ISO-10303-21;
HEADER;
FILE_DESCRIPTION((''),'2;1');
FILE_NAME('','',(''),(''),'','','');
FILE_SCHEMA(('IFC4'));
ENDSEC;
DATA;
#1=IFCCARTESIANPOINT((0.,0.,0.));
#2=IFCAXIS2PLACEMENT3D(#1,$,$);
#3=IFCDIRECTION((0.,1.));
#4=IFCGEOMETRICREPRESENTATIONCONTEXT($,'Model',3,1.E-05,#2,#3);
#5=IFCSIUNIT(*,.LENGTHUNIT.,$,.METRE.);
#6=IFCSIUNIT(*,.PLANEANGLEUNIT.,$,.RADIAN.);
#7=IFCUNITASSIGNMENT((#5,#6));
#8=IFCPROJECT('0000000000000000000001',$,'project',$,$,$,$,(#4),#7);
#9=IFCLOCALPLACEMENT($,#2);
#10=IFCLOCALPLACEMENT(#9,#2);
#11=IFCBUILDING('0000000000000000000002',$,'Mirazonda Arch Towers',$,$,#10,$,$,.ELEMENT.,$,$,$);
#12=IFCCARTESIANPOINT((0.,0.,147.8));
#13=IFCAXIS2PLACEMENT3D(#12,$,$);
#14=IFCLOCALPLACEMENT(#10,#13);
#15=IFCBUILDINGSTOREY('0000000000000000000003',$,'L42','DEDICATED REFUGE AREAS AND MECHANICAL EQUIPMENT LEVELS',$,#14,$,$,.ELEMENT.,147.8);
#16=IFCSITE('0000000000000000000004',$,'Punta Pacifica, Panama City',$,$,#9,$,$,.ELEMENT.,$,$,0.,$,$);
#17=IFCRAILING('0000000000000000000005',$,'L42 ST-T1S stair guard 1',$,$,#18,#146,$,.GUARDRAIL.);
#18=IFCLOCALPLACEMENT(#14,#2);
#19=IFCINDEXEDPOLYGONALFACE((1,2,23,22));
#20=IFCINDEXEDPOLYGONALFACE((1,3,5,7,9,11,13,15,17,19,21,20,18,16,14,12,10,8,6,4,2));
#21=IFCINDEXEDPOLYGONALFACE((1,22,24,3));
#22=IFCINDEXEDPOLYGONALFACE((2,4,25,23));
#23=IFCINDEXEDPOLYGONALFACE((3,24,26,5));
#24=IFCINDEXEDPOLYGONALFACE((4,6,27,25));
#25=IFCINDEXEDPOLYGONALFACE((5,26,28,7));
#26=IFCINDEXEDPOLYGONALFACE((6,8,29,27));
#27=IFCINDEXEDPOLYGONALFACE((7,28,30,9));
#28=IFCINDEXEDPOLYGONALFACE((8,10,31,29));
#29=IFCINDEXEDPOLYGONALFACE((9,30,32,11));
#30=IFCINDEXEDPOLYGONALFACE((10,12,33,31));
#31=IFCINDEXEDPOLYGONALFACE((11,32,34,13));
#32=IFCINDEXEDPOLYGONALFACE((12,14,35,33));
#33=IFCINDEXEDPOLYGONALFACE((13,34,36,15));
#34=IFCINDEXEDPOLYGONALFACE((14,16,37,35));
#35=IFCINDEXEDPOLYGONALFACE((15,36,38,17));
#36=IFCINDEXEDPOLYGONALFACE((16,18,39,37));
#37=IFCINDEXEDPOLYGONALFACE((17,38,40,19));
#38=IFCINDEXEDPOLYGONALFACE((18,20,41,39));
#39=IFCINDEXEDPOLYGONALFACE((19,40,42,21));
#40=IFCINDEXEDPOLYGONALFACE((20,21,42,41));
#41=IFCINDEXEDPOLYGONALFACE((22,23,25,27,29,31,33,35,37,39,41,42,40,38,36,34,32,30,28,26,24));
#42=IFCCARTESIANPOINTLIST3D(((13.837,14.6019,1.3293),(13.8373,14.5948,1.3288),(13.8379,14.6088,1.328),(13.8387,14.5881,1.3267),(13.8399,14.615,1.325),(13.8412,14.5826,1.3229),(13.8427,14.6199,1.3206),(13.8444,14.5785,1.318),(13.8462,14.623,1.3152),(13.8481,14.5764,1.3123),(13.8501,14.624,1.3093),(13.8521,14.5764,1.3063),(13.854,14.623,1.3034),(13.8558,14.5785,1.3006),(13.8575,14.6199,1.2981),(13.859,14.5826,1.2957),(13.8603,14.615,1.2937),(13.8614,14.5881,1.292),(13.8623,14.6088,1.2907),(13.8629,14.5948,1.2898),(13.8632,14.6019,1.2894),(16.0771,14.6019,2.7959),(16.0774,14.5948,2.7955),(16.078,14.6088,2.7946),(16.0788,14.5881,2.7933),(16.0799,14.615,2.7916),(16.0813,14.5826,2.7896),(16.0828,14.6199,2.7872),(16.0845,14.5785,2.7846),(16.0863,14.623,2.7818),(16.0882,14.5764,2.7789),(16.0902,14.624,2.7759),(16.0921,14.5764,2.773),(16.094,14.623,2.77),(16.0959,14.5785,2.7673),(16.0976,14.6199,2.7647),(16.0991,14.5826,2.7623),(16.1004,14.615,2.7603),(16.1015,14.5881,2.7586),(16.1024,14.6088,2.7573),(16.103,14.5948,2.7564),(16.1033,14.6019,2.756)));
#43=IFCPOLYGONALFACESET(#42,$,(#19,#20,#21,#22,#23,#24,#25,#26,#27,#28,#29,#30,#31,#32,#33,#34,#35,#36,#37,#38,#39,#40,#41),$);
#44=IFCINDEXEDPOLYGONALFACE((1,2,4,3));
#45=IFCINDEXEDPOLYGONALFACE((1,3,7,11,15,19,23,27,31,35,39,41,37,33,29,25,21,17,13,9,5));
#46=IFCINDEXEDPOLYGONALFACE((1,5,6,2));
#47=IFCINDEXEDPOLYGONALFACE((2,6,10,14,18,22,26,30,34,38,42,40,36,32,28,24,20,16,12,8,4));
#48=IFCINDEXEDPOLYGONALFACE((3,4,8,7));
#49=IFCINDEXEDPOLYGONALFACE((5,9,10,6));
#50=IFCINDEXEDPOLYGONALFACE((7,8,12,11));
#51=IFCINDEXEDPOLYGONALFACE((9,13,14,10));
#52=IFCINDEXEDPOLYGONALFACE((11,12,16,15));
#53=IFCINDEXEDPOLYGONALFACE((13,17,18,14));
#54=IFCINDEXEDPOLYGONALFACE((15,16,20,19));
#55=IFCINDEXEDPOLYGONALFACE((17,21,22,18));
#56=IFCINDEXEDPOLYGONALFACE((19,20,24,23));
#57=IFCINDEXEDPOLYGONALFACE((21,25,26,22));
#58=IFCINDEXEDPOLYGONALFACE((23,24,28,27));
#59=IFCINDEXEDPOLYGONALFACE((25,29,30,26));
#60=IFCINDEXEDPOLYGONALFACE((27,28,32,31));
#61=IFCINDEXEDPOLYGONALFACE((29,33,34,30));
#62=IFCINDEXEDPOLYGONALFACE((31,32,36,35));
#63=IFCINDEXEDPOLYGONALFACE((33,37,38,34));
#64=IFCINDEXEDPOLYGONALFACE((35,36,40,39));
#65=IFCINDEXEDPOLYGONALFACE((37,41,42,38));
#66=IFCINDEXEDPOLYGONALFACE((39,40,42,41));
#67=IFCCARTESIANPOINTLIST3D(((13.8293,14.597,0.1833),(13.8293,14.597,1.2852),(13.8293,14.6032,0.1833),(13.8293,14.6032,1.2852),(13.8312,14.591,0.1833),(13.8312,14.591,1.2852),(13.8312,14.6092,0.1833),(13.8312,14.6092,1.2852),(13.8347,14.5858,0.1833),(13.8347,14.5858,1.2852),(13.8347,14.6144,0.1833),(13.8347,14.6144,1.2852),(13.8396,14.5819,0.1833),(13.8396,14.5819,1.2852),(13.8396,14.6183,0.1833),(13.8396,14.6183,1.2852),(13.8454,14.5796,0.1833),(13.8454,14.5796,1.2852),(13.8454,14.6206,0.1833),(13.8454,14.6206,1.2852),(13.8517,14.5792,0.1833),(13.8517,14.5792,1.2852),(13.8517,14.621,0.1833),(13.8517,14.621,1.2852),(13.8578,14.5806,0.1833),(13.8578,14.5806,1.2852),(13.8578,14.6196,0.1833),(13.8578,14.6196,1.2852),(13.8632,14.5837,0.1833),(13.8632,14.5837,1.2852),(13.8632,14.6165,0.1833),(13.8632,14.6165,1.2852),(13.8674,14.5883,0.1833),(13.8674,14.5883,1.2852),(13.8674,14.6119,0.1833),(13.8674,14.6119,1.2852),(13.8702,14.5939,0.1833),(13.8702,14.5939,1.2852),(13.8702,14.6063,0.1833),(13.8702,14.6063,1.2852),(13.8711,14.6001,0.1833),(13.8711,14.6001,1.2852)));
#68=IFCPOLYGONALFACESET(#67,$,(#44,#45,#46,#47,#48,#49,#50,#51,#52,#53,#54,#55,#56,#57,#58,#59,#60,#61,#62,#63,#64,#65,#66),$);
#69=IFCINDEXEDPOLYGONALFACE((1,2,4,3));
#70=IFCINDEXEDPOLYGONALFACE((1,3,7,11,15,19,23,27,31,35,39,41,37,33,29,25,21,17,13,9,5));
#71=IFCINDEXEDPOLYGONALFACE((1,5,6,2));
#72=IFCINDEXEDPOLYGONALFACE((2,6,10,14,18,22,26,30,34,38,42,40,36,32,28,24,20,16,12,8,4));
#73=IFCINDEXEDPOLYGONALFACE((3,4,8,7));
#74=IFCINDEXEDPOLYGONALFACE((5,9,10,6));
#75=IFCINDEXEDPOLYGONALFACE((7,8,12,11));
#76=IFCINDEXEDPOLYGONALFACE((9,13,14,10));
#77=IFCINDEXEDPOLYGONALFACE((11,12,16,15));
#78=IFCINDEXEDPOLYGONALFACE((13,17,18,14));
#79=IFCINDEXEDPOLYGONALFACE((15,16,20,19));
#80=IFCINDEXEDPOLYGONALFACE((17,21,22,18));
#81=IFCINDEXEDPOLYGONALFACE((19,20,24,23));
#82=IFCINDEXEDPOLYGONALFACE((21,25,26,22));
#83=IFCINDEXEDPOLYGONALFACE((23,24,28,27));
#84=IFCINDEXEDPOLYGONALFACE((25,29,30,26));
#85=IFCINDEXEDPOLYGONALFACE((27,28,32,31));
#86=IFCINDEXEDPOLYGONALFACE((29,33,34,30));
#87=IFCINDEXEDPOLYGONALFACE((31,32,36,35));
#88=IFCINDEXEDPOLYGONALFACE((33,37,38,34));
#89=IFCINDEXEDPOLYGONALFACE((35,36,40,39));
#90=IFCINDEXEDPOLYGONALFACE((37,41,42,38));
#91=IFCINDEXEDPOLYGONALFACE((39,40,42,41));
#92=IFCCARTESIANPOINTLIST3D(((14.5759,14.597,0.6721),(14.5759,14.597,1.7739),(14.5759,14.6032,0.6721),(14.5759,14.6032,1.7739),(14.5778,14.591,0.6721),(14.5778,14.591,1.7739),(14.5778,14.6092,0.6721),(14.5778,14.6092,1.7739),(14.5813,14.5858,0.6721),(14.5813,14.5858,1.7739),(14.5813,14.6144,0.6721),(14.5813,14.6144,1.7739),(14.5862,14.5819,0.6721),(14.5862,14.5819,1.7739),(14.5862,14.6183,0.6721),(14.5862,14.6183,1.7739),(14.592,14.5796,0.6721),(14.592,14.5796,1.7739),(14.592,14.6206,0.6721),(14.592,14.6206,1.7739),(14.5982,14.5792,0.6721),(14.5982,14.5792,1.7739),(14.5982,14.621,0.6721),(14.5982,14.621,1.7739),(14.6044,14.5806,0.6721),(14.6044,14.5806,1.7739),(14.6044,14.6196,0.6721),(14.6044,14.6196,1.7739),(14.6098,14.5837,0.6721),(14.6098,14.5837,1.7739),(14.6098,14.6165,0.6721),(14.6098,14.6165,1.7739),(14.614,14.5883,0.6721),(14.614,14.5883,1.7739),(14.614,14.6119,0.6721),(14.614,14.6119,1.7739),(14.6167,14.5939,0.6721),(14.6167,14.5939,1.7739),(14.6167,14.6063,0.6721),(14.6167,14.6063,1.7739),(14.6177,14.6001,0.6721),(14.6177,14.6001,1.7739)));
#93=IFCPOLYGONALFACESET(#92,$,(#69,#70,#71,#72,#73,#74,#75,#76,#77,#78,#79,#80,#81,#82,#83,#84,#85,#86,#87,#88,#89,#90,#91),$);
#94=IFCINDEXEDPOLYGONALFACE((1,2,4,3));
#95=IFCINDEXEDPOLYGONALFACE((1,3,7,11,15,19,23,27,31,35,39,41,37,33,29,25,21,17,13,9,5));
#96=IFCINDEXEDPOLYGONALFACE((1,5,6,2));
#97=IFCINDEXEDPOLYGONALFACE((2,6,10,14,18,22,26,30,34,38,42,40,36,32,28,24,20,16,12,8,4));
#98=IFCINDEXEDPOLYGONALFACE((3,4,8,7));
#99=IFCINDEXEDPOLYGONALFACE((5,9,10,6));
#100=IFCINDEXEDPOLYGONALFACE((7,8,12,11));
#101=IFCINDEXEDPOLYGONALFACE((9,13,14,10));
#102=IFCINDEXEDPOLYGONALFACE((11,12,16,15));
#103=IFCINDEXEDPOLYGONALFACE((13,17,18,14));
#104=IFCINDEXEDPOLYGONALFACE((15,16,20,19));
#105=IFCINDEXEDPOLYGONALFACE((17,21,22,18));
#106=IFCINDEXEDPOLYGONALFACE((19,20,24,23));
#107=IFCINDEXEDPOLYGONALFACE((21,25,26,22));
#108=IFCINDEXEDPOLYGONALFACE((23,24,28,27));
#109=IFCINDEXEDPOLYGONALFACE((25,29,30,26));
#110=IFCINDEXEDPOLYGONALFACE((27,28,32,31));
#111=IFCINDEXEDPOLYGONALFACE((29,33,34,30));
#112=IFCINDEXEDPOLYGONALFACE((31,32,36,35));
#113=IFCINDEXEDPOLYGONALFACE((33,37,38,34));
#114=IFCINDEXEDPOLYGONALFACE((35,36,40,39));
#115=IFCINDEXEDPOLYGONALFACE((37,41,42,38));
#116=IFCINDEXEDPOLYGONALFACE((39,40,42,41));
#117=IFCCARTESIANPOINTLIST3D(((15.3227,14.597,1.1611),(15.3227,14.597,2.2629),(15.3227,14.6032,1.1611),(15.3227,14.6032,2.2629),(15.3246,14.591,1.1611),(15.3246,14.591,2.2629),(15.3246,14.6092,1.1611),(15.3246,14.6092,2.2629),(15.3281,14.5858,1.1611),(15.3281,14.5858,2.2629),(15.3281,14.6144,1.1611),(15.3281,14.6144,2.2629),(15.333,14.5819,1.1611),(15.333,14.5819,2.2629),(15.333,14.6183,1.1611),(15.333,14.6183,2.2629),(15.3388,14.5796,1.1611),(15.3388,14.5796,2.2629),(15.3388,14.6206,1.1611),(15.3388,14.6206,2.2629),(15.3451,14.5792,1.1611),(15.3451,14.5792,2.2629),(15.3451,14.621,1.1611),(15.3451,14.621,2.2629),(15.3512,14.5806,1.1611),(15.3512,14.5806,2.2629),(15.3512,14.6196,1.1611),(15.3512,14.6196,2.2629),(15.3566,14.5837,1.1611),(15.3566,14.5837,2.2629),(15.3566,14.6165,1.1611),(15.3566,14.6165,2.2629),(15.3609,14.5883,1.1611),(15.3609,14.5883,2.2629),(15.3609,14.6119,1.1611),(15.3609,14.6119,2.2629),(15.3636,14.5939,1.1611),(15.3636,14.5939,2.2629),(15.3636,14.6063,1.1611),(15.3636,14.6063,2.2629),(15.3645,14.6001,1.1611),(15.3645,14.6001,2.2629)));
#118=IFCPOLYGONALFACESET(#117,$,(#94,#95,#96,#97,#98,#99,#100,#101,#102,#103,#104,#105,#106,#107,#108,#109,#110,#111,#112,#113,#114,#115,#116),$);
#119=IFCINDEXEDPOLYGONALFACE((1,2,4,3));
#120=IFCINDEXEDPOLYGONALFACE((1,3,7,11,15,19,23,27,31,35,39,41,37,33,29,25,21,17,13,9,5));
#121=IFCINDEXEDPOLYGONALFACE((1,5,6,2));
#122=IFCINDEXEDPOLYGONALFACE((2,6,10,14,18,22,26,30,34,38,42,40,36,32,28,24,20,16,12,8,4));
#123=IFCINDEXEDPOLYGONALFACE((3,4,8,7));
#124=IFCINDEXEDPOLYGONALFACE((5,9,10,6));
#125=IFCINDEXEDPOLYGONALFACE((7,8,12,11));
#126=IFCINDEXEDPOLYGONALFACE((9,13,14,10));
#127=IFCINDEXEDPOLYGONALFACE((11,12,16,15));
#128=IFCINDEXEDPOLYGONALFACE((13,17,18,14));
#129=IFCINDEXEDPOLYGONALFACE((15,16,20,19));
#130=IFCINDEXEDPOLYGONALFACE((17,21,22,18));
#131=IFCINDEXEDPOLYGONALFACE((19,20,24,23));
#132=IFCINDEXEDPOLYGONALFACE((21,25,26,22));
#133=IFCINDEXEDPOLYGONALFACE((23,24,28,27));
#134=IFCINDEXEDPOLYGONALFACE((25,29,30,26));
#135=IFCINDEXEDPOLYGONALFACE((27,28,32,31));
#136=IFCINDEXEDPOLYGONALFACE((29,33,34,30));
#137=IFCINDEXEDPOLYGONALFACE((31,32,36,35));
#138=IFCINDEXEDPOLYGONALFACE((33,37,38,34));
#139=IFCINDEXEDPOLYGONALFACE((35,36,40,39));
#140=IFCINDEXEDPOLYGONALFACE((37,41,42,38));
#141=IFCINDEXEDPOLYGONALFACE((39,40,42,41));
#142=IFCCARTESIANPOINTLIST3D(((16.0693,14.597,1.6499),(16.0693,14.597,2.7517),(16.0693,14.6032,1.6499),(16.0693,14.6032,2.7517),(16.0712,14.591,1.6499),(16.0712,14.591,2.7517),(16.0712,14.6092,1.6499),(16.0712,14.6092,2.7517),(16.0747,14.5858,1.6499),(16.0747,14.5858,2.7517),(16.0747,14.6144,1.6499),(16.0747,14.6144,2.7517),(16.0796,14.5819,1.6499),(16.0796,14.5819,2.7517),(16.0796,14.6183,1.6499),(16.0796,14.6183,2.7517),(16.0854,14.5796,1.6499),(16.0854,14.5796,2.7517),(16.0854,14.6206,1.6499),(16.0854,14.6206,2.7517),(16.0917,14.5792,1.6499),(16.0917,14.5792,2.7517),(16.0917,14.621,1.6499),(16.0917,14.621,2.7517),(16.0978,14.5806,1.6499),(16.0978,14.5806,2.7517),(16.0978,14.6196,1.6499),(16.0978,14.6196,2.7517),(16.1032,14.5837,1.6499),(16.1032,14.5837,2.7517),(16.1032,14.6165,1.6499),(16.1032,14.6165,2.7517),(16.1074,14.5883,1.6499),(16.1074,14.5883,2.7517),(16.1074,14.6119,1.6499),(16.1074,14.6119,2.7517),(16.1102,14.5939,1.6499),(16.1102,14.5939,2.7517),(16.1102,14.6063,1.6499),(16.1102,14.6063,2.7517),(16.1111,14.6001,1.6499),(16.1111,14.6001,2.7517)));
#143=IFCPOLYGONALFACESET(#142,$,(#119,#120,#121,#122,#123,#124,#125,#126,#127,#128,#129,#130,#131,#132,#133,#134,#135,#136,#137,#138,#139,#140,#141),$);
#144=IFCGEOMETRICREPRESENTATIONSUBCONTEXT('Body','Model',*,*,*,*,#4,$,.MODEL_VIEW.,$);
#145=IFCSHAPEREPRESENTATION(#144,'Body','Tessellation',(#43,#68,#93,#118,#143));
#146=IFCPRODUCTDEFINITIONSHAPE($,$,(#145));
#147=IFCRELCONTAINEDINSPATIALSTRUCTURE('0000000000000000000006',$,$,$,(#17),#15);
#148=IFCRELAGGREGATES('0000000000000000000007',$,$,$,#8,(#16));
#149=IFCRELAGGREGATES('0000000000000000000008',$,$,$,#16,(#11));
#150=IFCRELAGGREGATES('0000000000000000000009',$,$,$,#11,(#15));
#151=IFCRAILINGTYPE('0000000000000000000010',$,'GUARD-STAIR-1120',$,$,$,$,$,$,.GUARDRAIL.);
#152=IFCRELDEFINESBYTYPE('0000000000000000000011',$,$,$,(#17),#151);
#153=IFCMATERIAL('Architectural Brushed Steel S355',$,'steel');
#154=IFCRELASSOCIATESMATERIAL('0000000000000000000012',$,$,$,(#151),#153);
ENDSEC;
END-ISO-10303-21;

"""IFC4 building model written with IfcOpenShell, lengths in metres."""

from ifc_helpers import new_model, si_unit, direction, frame, origin, origin_2d, place, context, subcontext, project, spatial, circle, extrude, material, type_object, element, save


model = new_model("IFC4")

# Units and contexts
model_context = context("Model", 3, precision=1e-05, world=origin(), true_north=direction((0.0, 1.0)))
body_context = subcontext(model_context, "Body", "Model", "MODEL_VIEW")
ifc_project = project(units=[si_unit("LENGTHUNIT", "METRE"), si_unit("PLANEANGLEUNIT", "RADIAN")], contexts=[model_context])

# Site, building, storey
site_placement = place(None, origin())
site = spatial("IfcSite", under=ifc_project, at=site_placement, Name="Punta Pacifica, Panama City", CompositionType="ELEMENT", RefElevation=0.0)
building_placement = place(site_placement, origin())
building = spatial("IfcBuilding", under=site, at=building_placement, Name="Mirazonda Arch Towers", CompositionType="ELEMENT")
storey_placement = place(building_placement, frame((0.0, 0.0, 147.8)))
storey = spatial("IfcBuildingStorey", under=building, at=storey_placement, Name="L42", Description="DEDICATED REFUGE AREAS AND MECHANICAL EQUIPMENT LEVELS", CompositionType="ELEMENT", Elevation=147.8)

# Shared definitions
ifc_material_1 = material(Name="Architectural Brushed Steel S355", Category="steel")

# Railing
railing_type_1 = type_object("IfcRailingType", Name="GUARD-STAIR-1120", PredefinedType="GUARDRAIL", material=ifc_material_1)
railing_1_placement = place(storey_placement, frame((13.8501, 14.6001, 0.1833)))
element("IfcRailing", 1, at=railing_1_placement, inside=storey, type_object=railing_type_1, Name="L42 ST-T1S stair guard 1", PredefinedType="GUARDRAIL", context=body_context, shape_type="SweptSolid", body=[
    extrude(circle(Radius=0.0239, at=origin_2d()), frame((0.0, 0.0, 1.126), z_axis=(0.836637, 0.0, 0.547758), x_axis=(0.0, 1.0, 0.0)), (0.0, 0.0, 1.0), 2.6775),
    extrude(circle(Radius=0.021, at=origin_2d()), origin(), (0.0, 0.0, 1.0), 1.1018),
    extrude(circle(Radius=0.021, at=origin_2d()), frame((0.7466, 0.0, 0.4888)), (0.0, 0.0, 1.0), 1.1018),
    extrude(circle(Radius=0.021, at=origin_2d()), frame((1.4934, 0.0, 0.9778)), (0.0, 0.0, 1.0), 1.1018),
    extrude(circle(Radius=0.021, at=origin_2d()), frame((2.24, 0.0, 1.4666)), (0.0, 0.0, 1.0), 1.1018),
])

save(model, "model.ifc")
